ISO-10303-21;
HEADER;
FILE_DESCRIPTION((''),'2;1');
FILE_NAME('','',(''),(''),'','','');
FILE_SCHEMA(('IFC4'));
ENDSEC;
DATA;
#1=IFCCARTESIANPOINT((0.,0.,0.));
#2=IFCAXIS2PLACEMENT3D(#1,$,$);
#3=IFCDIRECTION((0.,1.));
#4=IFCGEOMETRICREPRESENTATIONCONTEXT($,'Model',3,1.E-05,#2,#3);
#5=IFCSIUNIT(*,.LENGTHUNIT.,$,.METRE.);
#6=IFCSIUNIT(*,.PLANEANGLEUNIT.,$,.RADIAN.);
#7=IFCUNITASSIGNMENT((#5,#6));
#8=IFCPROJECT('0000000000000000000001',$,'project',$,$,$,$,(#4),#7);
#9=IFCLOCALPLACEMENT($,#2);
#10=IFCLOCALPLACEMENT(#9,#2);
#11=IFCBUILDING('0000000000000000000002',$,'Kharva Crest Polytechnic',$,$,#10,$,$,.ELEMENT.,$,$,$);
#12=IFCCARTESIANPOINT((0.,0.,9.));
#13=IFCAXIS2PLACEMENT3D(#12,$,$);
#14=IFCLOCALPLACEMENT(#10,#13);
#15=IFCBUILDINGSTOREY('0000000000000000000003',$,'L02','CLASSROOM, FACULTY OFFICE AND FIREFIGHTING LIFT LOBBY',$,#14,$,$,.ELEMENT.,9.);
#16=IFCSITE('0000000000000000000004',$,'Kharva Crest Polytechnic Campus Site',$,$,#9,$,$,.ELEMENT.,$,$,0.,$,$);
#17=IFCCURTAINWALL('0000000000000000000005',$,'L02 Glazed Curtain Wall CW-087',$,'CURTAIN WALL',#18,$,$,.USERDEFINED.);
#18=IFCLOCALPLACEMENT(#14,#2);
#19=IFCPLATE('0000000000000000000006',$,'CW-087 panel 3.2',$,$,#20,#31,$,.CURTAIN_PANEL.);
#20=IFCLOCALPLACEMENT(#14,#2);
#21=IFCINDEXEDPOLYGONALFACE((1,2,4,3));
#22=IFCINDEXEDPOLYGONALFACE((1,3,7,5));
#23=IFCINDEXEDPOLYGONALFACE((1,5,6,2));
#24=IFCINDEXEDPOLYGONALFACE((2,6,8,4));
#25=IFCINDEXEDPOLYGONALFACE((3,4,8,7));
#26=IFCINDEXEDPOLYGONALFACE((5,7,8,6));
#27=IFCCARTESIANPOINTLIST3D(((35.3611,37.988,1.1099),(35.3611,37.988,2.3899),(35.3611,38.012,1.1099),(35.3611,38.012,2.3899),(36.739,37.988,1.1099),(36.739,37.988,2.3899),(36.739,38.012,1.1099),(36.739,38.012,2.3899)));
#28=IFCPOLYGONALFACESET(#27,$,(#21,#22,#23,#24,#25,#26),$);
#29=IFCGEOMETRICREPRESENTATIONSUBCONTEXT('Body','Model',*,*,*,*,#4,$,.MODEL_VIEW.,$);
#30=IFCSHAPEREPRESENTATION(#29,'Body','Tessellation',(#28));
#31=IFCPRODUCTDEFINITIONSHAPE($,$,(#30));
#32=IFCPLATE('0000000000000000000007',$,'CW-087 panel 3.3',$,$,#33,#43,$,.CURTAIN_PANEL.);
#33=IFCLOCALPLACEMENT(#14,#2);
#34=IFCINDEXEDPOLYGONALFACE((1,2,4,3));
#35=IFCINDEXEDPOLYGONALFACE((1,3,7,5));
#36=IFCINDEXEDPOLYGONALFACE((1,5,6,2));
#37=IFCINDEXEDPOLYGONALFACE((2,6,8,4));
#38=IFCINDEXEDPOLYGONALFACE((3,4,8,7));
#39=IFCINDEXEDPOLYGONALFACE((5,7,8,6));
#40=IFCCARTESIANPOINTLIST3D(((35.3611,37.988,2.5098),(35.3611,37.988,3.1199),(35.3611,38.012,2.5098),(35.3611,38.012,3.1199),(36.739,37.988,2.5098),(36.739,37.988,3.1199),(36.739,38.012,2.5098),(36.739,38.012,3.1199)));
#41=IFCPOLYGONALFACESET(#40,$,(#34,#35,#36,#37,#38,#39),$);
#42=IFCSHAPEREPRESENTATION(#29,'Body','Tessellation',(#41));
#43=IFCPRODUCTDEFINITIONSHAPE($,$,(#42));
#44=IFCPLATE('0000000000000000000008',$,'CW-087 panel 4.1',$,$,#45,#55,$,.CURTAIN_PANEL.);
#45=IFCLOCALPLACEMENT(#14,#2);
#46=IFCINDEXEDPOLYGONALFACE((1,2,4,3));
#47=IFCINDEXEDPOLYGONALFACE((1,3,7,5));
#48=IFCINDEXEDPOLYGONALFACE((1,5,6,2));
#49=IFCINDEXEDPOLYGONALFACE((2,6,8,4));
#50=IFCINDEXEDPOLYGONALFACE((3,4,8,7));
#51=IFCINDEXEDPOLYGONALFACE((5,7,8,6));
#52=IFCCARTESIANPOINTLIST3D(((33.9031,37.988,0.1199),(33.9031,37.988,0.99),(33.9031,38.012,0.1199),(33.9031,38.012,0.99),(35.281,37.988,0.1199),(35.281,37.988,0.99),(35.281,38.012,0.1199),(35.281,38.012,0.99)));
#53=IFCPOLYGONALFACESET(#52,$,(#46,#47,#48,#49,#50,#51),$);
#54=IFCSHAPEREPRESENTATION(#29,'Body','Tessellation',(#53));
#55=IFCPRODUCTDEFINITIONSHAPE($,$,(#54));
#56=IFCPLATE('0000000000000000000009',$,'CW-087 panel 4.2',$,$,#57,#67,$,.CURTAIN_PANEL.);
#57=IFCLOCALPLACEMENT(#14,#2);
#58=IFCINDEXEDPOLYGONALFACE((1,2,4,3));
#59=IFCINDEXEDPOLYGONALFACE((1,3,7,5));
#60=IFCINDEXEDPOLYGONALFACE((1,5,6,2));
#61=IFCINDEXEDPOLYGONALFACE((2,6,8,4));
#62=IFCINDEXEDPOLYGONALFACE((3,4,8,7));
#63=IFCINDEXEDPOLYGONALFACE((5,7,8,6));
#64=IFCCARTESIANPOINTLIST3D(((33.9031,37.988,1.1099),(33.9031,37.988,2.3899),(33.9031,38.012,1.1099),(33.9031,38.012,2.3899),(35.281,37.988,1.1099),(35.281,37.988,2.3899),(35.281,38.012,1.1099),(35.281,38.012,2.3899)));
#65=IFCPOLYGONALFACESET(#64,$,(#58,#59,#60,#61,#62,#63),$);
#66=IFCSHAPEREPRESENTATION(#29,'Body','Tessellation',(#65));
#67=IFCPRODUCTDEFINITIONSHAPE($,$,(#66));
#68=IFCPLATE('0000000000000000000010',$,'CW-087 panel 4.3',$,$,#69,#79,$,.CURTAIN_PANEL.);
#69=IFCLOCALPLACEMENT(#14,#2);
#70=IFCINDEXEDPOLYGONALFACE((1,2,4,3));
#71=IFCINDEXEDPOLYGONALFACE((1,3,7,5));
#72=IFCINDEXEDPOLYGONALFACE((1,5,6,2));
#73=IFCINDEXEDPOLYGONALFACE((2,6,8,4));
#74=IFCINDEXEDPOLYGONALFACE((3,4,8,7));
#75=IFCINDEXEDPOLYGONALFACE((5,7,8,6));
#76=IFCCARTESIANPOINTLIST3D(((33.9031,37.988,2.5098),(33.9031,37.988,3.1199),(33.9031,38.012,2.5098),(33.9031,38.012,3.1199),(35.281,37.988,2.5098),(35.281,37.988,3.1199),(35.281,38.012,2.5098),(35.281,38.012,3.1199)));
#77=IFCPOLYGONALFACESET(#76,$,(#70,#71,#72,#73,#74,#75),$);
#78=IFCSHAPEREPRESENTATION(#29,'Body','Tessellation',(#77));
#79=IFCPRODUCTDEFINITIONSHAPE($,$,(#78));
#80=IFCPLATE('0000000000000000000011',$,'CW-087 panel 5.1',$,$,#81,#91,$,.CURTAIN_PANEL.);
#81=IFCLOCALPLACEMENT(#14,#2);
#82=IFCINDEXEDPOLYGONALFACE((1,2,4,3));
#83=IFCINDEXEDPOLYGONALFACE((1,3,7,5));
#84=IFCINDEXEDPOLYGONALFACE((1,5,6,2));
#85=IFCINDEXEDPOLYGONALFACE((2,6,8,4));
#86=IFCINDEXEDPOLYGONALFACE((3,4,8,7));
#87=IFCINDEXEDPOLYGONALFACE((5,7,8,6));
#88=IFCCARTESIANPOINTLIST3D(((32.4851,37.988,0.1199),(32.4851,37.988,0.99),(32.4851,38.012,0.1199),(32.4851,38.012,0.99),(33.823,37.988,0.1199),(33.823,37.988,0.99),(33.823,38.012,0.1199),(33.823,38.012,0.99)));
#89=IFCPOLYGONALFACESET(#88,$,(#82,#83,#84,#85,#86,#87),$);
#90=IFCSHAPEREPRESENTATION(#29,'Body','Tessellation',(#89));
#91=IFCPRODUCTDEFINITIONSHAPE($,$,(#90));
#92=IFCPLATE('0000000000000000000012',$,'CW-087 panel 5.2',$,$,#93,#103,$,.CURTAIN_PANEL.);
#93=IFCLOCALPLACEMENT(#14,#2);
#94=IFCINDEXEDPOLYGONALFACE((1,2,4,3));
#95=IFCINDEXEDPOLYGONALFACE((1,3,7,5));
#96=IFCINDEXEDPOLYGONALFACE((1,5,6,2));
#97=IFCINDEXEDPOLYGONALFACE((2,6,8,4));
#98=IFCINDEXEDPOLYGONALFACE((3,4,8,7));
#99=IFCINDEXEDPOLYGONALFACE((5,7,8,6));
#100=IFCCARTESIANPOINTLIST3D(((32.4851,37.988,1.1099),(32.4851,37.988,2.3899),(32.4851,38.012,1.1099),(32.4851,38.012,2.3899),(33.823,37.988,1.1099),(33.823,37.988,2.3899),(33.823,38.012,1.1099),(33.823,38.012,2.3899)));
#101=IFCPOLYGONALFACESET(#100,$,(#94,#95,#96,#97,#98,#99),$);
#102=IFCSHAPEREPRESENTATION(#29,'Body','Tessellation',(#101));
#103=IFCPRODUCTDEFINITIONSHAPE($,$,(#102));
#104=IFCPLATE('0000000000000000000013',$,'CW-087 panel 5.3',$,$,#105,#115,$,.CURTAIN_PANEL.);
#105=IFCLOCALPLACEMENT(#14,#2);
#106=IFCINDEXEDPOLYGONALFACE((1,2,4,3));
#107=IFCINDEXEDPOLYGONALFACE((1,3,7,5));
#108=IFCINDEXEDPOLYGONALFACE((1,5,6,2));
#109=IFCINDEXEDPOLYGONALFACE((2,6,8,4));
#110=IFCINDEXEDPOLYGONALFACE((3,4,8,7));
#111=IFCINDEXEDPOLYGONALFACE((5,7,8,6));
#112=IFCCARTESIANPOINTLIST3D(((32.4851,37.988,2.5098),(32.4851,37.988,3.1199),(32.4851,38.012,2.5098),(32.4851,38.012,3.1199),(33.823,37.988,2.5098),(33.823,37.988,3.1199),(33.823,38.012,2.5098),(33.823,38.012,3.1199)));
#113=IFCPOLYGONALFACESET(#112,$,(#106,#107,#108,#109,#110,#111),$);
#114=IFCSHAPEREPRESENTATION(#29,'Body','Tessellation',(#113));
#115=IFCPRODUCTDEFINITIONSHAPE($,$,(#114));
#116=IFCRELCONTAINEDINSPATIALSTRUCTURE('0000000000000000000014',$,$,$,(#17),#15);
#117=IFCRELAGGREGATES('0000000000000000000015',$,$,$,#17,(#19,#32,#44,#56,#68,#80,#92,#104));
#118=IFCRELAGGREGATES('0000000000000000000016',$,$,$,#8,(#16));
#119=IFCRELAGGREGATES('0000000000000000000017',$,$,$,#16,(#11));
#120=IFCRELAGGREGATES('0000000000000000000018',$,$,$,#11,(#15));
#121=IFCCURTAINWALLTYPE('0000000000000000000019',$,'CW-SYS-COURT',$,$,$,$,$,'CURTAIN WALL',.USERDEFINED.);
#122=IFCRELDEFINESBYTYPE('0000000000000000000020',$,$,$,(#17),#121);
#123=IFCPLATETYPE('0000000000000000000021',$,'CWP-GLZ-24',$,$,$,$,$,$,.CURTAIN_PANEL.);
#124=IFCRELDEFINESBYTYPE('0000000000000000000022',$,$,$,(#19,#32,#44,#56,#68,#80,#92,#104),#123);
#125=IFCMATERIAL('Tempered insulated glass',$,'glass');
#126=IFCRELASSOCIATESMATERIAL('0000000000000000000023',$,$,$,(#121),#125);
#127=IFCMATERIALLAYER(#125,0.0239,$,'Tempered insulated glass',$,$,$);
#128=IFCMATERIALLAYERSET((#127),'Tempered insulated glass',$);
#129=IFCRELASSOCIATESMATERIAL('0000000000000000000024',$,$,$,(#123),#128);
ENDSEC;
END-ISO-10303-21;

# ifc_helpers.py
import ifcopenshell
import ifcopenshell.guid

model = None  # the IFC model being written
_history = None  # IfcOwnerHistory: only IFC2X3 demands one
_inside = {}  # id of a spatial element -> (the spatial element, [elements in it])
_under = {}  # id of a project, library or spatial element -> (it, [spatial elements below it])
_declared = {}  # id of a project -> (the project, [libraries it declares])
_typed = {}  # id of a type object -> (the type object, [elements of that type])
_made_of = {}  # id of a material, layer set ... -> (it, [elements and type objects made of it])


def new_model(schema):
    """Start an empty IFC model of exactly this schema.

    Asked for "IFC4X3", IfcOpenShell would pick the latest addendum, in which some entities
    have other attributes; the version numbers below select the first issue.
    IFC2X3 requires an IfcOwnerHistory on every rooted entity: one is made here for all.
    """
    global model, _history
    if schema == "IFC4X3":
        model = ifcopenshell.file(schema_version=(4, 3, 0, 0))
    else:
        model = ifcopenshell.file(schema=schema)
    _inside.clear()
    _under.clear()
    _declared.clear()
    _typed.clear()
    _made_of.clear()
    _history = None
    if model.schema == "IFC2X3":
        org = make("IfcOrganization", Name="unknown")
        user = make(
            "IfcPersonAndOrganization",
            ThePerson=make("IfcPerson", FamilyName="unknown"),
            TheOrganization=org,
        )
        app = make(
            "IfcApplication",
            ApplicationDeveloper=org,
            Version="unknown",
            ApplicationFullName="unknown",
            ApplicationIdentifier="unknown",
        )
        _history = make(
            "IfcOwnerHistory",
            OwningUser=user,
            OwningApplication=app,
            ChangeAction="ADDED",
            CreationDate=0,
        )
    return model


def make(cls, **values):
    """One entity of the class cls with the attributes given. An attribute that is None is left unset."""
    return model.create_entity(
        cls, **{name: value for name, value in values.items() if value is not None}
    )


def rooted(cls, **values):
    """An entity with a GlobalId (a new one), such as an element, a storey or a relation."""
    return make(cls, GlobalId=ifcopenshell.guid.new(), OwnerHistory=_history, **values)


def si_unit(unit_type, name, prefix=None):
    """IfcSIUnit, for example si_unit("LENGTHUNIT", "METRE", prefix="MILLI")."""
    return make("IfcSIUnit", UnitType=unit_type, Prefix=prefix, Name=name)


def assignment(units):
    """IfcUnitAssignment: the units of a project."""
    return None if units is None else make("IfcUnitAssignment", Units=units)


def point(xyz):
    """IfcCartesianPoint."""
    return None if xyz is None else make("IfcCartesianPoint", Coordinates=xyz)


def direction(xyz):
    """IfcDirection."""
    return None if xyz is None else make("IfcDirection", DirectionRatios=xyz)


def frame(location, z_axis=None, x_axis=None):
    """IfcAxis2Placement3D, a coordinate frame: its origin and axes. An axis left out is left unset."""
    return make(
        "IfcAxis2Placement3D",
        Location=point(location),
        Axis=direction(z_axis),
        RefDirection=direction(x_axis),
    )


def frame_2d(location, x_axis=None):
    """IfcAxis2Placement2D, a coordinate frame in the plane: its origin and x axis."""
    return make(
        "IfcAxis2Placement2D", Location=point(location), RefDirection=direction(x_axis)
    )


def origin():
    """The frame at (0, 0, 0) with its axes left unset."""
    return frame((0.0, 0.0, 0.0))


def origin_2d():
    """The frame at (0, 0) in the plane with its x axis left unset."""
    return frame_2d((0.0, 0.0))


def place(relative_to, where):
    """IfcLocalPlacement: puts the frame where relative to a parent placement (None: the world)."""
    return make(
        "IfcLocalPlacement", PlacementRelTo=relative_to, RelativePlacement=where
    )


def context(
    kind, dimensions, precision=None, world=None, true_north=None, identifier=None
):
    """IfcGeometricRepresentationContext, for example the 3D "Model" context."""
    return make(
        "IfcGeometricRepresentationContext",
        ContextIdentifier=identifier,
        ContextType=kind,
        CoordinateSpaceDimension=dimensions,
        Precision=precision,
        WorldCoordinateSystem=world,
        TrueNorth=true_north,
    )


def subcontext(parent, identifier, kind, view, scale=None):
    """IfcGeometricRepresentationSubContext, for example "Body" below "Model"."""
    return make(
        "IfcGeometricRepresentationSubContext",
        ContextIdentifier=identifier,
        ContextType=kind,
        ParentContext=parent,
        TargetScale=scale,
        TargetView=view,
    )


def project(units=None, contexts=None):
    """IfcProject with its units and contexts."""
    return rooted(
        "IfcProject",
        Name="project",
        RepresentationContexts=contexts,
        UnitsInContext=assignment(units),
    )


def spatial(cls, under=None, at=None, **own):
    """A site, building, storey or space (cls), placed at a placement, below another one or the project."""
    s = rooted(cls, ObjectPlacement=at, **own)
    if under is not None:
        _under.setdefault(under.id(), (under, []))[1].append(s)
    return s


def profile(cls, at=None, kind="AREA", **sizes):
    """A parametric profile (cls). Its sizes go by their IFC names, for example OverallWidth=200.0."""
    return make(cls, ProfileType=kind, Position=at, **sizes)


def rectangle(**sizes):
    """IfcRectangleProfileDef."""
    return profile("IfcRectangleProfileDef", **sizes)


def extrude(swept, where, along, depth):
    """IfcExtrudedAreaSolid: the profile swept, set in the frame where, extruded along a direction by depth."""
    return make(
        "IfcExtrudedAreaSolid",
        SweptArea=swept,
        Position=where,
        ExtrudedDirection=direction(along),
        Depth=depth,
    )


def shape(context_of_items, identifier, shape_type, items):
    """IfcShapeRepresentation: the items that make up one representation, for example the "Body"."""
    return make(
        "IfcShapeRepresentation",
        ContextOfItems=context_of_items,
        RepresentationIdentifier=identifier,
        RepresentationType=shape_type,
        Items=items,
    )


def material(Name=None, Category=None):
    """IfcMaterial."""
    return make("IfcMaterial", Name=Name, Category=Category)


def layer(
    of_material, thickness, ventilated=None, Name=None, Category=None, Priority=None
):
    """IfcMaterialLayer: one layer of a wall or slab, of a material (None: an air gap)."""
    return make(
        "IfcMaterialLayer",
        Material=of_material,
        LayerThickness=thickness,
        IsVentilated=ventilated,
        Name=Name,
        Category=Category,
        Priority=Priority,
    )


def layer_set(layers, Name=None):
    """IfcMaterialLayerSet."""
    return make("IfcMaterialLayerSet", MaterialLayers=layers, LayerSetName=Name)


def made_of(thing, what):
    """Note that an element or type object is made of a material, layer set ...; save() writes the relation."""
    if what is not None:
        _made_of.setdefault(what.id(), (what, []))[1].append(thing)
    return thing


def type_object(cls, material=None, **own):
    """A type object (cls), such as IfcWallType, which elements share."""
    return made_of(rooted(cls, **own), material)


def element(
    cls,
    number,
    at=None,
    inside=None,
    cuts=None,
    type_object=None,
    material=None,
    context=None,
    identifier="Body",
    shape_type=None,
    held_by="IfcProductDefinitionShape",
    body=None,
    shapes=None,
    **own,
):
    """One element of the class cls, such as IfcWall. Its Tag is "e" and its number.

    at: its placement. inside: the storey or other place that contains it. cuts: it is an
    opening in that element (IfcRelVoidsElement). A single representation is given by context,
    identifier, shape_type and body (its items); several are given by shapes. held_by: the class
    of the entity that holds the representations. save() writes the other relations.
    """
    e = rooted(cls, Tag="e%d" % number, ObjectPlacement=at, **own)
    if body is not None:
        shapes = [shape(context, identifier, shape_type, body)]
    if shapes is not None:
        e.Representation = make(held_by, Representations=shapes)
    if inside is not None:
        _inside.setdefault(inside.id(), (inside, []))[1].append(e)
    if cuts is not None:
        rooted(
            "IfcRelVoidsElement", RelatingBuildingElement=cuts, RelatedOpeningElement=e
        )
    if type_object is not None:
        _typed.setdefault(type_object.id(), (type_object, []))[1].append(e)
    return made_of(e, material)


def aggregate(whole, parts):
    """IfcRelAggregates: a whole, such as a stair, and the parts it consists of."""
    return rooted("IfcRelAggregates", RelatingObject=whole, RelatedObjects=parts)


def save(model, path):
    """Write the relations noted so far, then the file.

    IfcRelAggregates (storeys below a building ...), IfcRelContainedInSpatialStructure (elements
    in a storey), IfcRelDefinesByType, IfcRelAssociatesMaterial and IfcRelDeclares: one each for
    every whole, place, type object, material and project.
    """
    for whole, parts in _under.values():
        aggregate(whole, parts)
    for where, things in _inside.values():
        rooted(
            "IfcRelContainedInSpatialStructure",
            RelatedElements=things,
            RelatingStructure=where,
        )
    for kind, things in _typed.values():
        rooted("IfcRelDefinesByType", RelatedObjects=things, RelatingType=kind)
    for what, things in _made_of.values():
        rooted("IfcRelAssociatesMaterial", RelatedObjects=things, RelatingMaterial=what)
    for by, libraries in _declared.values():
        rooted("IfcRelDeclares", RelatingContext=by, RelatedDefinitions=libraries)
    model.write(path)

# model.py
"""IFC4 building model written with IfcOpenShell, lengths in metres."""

from ifc_helpers import new_model, si_unit, direction, frame, origin, origin_2d, place, context, subcontext, project, spatial, rectangle, extrude, material, layer, layer_set, type_object, element, aggregate, save


model = new_model("IFC4")

# Units and contexts
model_context = context("Model", 3, precision=1e-05, world=origin(), true_north=direction((0.0, 1.0)))
body_context = subcontext(model_context, "Body", "Model", "MODEL_VIEW")
ifc_project = project(units=[si_unit("LENGTHUNIT", "METRE"), si_unit("PLANEANGLEUNIT", "RADIAN")], contexts=[model_context])

# Site, building, storey
site_placement = place(None, origin())
site = spatial("IfcSite", under=ifc_project, at=site_placement, Name="Kharva Crest Polytechnic Campus Site", CompositionType="ELEMENT", RefElevation=0.0)
building_placement = place(site_placement, origin())
building = spatial("IfcBuilding", under=site, at=building_placement, Name="Kharva Crest Polytechnic", CompositionType="ELEMENT")
storey_placement = place(building_placement, frame((0.0, 0.0, 9.0)))
storey = spatial("IfcBuildingStorey", under=building, at=storey_placement, Name="L02", Description="CLASSROOM, FACULTY OFFICE AND FIREFIGHTING LIFT LOBBY", CompositionType="ELEMENT", Elevation=9.0)

# Curtain wall, plates
ifc_material_1 = material(Name="Tempered insulated glass", Category="glass")
curtain_wall_type = type_object("IfcCurtainWallType", Name="CW-SYS-COURT", ElementType="CURTAIN WALL", PredefinedType="USERDEFINED", material=ifc_material_1)
curtain_wall_placement = place(storey_placement, origin())
curtain_wall = element("IfcCurtainWall", 1, at=curtain_wall_placement, inside=storey, type_object=curtain_wall_type, Name="L02 Glazed Curtain Wall CW-087", ObjectType="CURTAIN WALL", PredefinedType="USERDEFINED")
ifc_layer = layer(ifc_material_1, 0.0239, Name="Tempered insulated glass")
ifc_layer_set = layer_set([ifc_layer], Name="Tempered insulated glass")
plate_type = type_object("IfcPlateType", Name="CWP-GLZ-24", PredefinedType="CURTAIN_PANEL", material=ifc_layer_set)
plate_1_placement = place(storey_placement, frame((36.05, 38.0, 1.1099), z_axis=(0.0, 0.0, 1.0), x_axis=(-1.0, 0.0, 0.0)))
plate_1 = element("IfcPlate", 2, at=plate_1_placement, type_object=plate_type, Name="CW-087 panel 3.2", PredefinedType="CURTAIN_PANEL", context=body_context, shape_type="SweptSolid", body=[
    extrude(rectangle(XDim=1.3779, YDim=0.0239, at=origin_2d()), origin(), (0.0, 0.0, 1.0), 1.28),
])
plate_2_placement = place(storey_placement, frame((36.05, 38.0, 2.5098), z_axis=(0.0, 0.0, 1.0), x_axis=(-1.0, 0.0, 0.0)))
plate_2 = element("IfcPlate", 3, at=plate_2_placement, type_object=plate_type, Name="CW-087 panel 3.3", PredefinedType="CURTAIN_PANEL", context=body_context, shape_type="SweptSolid", body=[
    extrude(rectangle(XDim=1.3779, YDim=0.0239, at=origin_2d()), origin(), (0.0, 0.0, 1.0), 0.6101),
])
plate_3_placement = place(storey_placement, frame((34.592, 38.0, 0.1199), z_axis=(0.0, 0.0, 1.0), x_axis=(-1.0, 0.0, 0.0)))
plate_3 = element("IfcPlate", 4, at=plate_3_placement, type_object=plate_type, Name="CW-087 panel 4.1", PredefinedType="CURTAIN_PANEL", context=body_context, shape_type="SweptSolid", body=[
    extrude(rectangle(XDim=1.3779, YDim=0.0239, at=origin_2d()), origin(), (0.0, 0.0, 1.0), 0.8701),
])
plate_4_placement = place(storey_placement, frame((34.592, 38.0, 1.1099), z_axis=(0.0, 0.0, 1.0), x_axis=(-1.0, 0.0, 0.0)))
plate_4 = element("IfcPlate", 5, at=plate_4_placement, type_object=plate_type, Name="CW-087 panel 4.2", PredefinedType="CURTAIN_PANEL", context=body_context, shape_type="SweptSolid", body=[
    extrude(rectangle(XDim=1.3779, YDim=0.0239, at=origin_2d()), origin(), (0.0, 0.0, 1.0), 1.28),
])
plate_5_placement = place(storey_placement, frame((34.592, 38.0, 2.5098), z_axis=(0.0, 0.0, 1.0), x_axis=(-1.0, 0.0, 0.0)))
plate_5 = element("IfcPlate", 6, at=plate_5_placement, type_object=plate_type, Name="CW-087 panel 4.3", PredefinedType="CURTAIN_PANEL", context=body_context, shape_type="SweptSolid", body=[
    extrude(rectangle(XDim=1.3779, YDim=0.0239, at=origin_2d()), origin(), (0.0, 0.0, 1.0), 0.6101),
])
plate_6_placement = place(storey_placement, frame((33.1541, 38.0, 0.1199), z_axis=(0.0, 0.0, 1.0), x_axis=(-1.0, 0.0, 0.0)))
plate_6 = element("IfcPlate", 7, at=plate_6_placement, type_object=plate_type, Name="CW-087 panel 5.1", PredefinedType="CURTAIN_PANEL", context=body_context, shape_type="SweptSolid", body=[
    extrude(rectangle(XDim=1.3379, YDim=0.0239, at=origin_2d()), origin(), (0.0, 0.0, 1.0), 0.8701),
])
plate_7_placement = place(storey_placement, frame((33.1541, 38.0, 1.1099), z_axis=(0.0, 0.0, 1.0), x_axis=(-1.0, 0.0, 0.0)))
plate_7 = element("IfcPlate", 8, at=plate_7_placement, type_object=plate_type, Name="CW-087 panel 5.2", PredefinedType="CURTAIN_PANEL", context=body_context, shape_type="SweptSolid", body=[
    extrude(rectangle(XDim=1.3379, YDim=0.0239, at=origin_2d()), origin(), (0.0, 0.0, 1.0), 1.28),
])
plate_8_placement = place(storey_placement, frame((33.1541, 38.0, 2.5098), z_axis=(0.0, 0.0, 1.0), x_axis=(-1.0, 0.0, 0.0)))
plate_8 = element("IfcPlate", 9, at=plate_8_placement, type_object=plate_type, Name="CW-087 panel 5.3", PredefinedType="CURTAIN_PANEL", context=body_context, shape_type="SweptSolid", body=[
    extrude(rectangle(XDim=1.3379, YDim=0.0239, at=origin_2d()), origin(), (0.0, 0.0, 1.0), 0.6101),
])
aggregate(curtain_wall, [plate_1, plate_2, plate_3, plate_4, plate_5, plate_6, plate_7, plate_8])

save(model, "model.ifc")
